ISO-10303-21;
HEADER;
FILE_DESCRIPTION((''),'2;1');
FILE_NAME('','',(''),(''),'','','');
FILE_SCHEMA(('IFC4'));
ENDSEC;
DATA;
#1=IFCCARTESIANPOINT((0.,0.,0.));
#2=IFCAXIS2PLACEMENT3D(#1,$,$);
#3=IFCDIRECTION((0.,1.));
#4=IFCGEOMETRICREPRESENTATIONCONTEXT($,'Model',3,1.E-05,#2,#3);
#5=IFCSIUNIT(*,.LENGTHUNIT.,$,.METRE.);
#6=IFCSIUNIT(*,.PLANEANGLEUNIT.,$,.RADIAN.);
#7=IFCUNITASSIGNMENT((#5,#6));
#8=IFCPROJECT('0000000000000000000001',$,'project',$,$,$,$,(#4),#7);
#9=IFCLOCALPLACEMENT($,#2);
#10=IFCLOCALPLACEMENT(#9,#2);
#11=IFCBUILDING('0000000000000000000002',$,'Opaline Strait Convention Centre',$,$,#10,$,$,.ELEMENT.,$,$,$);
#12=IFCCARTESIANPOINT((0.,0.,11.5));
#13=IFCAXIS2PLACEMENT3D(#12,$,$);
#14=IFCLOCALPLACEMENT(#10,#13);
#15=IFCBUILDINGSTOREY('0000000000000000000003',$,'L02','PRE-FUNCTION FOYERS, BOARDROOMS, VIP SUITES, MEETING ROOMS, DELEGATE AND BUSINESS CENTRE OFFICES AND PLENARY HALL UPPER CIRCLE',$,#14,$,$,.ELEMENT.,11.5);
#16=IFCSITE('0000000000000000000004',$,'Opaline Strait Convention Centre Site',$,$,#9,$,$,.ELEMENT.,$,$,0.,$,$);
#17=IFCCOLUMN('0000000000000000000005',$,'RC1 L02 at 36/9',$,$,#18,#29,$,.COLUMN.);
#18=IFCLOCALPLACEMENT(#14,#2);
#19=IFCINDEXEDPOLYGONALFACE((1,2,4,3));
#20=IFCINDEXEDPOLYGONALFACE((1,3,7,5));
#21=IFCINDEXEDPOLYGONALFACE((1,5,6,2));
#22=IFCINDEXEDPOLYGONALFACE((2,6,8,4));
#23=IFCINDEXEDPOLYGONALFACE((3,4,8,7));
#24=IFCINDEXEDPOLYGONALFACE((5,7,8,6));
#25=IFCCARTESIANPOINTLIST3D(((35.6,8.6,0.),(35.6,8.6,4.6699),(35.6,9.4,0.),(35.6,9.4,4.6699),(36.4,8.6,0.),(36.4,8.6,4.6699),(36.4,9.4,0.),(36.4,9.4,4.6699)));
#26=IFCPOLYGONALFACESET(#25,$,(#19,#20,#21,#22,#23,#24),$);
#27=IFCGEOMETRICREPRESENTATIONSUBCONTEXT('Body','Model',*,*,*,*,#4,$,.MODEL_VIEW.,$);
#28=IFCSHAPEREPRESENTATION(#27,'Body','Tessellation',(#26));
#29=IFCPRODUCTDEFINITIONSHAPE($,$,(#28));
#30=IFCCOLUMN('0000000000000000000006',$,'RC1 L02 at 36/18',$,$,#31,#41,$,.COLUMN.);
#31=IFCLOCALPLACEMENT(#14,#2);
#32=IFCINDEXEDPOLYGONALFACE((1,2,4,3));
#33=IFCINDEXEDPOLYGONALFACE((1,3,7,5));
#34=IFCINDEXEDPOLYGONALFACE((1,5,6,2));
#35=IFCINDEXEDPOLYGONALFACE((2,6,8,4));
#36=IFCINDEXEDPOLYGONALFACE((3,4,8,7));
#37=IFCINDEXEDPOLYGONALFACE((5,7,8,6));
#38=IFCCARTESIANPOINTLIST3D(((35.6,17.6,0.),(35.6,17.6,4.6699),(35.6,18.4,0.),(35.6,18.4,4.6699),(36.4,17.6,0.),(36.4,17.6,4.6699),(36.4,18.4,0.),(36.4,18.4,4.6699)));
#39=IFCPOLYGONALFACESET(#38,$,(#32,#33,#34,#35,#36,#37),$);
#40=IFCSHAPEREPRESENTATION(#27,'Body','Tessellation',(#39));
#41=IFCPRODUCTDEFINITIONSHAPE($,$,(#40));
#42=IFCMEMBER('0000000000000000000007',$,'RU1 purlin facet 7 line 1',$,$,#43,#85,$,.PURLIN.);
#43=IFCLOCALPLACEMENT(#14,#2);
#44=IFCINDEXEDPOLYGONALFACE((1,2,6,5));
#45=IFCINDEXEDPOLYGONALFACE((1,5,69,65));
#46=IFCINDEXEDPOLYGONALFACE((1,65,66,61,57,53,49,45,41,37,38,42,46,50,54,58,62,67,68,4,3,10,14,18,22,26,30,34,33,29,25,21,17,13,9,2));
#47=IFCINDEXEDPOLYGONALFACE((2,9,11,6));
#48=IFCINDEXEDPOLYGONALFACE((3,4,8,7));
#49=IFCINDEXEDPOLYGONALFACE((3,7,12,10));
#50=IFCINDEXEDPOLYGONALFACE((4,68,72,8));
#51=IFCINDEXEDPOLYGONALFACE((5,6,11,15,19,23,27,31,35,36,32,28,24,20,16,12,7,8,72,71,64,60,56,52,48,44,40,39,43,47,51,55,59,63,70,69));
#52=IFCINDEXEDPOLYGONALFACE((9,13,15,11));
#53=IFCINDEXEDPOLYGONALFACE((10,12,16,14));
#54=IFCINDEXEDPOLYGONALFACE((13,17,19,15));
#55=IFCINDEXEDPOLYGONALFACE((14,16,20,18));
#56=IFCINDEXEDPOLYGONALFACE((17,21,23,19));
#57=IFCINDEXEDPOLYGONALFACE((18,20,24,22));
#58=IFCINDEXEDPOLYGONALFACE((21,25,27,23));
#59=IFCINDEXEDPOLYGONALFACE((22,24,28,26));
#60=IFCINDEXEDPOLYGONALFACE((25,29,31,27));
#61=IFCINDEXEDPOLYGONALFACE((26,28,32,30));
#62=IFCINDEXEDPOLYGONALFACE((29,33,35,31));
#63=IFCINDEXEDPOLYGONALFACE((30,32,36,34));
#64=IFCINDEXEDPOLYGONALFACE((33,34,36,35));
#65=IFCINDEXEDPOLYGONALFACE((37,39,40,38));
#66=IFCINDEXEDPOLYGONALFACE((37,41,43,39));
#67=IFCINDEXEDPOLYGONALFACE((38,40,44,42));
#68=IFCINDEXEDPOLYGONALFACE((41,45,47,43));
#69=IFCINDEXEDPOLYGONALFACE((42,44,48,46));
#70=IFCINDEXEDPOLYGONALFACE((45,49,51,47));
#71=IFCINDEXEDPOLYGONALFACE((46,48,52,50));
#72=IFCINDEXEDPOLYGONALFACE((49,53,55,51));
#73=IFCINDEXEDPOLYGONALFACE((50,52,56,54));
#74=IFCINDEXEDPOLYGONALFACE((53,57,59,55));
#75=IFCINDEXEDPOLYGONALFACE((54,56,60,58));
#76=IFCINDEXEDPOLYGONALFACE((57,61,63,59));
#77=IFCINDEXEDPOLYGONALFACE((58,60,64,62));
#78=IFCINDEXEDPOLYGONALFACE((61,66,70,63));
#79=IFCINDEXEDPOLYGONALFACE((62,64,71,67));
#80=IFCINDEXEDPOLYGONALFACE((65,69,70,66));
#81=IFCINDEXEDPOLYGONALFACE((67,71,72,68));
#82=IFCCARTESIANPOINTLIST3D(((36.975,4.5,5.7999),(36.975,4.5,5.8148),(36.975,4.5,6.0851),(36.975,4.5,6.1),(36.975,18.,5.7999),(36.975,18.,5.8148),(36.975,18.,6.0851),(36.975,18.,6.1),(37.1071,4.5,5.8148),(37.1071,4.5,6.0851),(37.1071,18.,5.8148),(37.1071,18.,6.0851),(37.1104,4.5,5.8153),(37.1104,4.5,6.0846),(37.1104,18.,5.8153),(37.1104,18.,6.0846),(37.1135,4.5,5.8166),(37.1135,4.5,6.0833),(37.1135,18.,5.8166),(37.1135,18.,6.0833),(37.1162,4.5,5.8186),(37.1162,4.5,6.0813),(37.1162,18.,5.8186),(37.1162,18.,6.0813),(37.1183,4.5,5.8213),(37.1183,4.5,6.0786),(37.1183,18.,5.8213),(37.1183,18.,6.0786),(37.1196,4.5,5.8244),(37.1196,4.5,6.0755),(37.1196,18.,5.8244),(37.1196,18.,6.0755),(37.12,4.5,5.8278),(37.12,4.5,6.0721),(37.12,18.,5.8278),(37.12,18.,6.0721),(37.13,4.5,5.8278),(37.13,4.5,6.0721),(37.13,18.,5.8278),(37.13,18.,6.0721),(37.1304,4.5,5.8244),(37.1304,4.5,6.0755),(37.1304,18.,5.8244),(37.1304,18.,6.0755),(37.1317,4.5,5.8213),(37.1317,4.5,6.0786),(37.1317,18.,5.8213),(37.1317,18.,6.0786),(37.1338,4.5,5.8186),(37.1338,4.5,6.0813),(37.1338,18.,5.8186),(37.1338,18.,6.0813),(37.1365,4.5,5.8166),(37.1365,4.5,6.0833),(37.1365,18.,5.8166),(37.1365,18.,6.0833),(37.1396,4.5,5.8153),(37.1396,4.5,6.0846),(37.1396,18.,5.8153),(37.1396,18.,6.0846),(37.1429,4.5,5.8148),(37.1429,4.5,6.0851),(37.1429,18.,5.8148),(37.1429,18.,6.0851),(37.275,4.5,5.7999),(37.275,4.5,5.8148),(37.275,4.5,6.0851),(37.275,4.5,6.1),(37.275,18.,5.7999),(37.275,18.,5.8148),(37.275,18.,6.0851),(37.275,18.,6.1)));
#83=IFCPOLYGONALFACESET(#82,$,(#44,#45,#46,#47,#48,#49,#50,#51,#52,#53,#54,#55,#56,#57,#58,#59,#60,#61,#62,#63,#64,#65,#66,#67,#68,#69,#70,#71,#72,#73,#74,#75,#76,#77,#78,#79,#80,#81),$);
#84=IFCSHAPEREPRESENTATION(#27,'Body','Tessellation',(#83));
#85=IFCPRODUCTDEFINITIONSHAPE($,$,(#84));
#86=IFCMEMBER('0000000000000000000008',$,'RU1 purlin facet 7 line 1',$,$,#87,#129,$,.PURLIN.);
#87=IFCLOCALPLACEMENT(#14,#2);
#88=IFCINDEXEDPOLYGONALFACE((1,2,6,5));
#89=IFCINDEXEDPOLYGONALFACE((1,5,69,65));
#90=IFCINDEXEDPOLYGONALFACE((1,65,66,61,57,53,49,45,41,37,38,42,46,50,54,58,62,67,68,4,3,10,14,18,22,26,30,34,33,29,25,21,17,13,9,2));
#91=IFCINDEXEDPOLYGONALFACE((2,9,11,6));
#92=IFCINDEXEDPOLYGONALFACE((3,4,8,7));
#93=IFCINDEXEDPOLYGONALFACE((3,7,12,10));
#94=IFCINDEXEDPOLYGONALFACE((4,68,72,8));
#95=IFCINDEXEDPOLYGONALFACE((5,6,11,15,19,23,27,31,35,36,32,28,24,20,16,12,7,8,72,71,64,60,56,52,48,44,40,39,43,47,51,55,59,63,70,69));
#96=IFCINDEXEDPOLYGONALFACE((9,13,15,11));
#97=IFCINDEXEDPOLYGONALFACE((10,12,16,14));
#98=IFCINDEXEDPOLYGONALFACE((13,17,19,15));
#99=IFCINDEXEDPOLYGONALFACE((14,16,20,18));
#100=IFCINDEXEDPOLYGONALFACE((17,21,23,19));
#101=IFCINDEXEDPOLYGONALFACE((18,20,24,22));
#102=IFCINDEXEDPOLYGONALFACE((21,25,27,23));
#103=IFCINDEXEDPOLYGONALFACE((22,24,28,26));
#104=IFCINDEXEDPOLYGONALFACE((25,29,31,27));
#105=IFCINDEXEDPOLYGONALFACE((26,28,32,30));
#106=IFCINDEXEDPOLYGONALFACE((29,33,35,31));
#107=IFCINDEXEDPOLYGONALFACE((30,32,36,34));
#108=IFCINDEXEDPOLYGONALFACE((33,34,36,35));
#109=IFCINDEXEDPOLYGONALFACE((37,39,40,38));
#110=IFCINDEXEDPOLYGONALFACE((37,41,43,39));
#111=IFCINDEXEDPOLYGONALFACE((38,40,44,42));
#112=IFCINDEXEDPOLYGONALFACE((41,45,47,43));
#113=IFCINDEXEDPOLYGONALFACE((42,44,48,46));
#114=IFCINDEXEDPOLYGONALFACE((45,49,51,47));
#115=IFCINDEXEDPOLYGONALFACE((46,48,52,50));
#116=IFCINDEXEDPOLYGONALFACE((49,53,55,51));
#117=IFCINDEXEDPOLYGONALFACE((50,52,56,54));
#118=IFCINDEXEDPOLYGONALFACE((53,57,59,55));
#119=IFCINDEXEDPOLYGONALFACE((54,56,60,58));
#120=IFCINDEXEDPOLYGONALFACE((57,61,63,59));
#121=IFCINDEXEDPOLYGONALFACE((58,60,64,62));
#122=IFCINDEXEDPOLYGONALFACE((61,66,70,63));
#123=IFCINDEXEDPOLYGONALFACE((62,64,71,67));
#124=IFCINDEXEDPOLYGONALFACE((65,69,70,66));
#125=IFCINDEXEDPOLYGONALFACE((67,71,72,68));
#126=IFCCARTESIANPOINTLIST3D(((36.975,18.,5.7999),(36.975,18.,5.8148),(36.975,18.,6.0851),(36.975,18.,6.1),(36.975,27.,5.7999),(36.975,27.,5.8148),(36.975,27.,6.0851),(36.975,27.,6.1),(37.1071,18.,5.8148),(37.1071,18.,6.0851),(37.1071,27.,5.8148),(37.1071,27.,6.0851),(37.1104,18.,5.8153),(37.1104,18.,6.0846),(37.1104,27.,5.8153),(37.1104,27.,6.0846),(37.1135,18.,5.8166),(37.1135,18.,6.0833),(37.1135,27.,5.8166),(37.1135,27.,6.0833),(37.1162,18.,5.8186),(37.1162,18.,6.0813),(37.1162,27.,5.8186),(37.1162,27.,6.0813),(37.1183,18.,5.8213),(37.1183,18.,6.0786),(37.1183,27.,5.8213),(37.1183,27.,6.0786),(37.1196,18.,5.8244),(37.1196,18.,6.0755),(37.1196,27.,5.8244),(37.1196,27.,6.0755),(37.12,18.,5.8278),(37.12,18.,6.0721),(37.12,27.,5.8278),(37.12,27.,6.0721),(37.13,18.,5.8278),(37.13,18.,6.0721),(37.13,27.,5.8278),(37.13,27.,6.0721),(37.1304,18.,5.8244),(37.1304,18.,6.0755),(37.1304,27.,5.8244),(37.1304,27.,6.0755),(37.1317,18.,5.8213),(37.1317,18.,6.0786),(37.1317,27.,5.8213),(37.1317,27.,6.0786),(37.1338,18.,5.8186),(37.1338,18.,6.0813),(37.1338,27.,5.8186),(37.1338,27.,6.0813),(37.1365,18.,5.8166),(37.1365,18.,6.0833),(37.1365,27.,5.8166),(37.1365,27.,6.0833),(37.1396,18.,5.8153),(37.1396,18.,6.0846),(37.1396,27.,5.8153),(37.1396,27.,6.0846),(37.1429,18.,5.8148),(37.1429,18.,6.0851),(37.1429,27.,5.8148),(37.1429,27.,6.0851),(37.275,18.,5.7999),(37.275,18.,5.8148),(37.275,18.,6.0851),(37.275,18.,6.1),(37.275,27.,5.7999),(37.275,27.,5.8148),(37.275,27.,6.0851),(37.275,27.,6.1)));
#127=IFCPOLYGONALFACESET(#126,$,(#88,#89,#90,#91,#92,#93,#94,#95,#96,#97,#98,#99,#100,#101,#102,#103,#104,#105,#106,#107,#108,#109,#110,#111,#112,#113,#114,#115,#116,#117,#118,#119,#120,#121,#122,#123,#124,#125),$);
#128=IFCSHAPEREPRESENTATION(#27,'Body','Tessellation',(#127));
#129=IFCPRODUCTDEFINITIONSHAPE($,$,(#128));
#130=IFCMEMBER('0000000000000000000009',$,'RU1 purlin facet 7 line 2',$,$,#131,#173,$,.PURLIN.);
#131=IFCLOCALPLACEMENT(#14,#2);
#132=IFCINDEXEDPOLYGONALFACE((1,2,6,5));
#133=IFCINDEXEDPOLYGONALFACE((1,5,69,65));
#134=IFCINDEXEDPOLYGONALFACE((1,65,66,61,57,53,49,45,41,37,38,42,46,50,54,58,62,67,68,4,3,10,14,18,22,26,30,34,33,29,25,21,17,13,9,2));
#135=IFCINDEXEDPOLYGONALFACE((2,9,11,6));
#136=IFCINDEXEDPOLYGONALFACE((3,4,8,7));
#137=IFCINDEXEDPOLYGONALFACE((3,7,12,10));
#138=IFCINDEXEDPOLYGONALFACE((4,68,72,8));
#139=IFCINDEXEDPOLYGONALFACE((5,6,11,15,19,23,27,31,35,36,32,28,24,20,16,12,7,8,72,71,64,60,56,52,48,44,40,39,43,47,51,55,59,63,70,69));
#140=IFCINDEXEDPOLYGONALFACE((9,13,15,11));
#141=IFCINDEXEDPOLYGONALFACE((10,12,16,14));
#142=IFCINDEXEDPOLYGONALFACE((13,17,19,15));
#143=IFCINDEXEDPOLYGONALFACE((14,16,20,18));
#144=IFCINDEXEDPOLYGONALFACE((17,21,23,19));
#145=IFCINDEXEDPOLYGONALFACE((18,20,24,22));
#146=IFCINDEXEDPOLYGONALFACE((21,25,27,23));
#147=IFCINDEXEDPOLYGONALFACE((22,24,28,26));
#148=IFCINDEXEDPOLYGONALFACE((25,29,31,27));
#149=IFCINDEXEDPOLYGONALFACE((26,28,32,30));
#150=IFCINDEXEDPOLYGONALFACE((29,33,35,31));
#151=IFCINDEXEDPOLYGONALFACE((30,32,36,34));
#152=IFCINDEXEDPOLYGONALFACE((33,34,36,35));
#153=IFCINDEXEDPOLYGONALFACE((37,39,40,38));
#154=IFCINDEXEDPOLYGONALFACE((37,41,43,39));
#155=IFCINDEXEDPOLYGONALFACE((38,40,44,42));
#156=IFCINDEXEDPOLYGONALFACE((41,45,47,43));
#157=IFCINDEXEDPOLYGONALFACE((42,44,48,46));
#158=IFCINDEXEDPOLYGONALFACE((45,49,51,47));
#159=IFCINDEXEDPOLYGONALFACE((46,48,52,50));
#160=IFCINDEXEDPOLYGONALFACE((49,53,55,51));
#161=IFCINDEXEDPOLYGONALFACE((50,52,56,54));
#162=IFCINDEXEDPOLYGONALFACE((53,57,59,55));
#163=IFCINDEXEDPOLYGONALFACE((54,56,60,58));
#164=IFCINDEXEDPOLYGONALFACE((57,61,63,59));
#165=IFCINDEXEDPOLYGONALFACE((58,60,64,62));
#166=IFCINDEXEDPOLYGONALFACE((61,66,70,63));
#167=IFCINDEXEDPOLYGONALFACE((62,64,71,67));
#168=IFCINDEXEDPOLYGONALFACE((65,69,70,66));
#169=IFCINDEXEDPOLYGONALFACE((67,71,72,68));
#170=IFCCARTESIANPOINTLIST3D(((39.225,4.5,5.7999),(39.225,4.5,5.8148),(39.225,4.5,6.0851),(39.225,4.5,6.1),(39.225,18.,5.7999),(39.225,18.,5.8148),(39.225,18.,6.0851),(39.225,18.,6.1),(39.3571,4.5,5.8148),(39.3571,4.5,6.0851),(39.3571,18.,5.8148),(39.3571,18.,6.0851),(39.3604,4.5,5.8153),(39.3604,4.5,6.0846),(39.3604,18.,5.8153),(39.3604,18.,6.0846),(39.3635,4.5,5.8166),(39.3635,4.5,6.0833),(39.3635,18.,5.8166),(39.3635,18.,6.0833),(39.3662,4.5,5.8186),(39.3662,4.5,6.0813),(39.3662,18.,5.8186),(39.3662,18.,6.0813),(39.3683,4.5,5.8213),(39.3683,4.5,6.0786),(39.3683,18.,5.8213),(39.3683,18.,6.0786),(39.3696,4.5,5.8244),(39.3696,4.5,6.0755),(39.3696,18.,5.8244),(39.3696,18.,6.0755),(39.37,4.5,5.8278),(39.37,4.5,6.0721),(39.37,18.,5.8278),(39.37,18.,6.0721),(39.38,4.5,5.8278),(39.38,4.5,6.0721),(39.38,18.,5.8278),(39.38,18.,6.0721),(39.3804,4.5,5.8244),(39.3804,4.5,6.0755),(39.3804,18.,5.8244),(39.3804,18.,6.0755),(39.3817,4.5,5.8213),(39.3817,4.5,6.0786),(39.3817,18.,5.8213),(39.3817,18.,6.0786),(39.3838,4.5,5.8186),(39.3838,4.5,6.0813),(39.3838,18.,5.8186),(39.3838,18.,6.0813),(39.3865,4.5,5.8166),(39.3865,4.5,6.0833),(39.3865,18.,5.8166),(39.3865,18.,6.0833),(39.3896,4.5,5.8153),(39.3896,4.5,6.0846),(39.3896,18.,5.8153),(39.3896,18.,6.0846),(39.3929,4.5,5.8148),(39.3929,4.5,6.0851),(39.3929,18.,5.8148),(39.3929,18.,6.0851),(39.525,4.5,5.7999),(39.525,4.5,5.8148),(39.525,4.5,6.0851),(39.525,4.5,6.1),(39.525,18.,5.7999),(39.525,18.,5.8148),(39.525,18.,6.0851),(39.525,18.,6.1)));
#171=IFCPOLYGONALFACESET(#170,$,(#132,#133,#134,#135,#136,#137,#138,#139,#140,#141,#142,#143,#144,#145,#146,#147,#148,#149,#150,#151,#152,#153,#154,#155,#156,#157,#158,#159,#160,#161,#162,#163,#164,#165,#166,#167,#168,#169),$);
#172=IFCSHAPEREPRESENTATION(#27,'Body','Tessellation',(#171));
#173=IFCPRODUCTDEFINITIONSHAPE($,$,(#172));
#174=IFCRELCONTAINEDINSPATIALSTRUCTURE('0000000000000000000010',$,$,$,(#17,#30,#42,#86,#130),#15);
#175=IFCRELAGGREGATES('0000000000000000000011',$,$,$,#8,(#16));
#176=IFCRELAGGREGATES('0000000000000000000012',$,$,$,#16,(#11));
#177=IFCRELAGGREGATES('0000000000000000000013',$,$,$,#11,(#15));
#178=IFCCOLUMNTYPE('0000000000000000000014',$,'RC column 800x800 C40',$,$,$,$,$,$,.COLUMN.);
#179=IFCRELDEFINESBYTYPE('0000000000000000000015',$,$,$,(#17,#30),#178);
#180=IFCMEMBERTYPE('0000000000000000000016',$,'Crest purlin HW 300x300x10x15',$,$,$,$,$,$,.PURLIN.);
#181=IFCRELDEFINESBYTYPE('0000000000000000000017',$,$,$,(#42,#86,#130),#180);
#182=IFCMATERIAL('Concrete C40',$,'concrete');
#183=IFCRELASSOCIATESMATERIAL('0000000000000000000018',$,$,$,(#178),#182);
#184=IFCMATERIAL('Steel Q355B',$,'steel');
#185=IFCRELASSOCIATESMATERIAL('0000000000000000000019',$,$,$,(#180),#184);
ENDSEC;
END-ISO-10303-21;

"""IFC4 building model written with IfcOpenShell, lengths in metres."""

from ifc_helpers import new_model, si_unit, direction, frame, origin, origin_2d, place, context, subcontext, project, spatial, rectangle, i_section, extrude, material, material_profile, profile_set, type_object, element, save


model = new_model("IFC4")

# Units and contexts
model_context = context("Model", 3, precision=1e-05, world=origin(), true_north=direction((0.0, 1.0)))
body_context = subcontext(model_context, "Body", "Model", "MODEL_VIEW")
ifc_project = project(units=[si_unit("LENGTHUNIT", "METRE"), si_unit("PLANEANGLEUNIT", "RADIAN")], contexts=[model_context])

# Site, building, storey
site_placement = place(None, origin())
site = spatial("IfcSite", under=ifc_project, at=site_placement, Name="Opaline Strait Convention Centre Site", CompositionType="ELEMENT", RefElevation=0.0)
building_placement = place(site_placement, origin())
building = spatial("IfcBuilding", under=site, at=building_placement, Name="Opaline Strait Convention Centre", CompositionType="ELEMENT")
storey_placement = place(building_placement, frame((0.0, 0.0, 11.5)))
storey = spatial("IfcBuildingStorey", under=building, at=storey_placement, Name="L02", Description="PRE-FUNCTION FOYERS, BOARDROOMS, VIP SUITES, MEETING ROOMS, DELEGATE AND BUSINESS CENTRE OFFICES AND PLENARY HALL UPPER CIRCLE", CompositionType="ELEMENT", Elevation=11.5)

# Columns
ifc_material_1 = material(Name="Concrete C40", Category="concrete")
ifc_material_profile_1 = material_profile(ifc_material_1, rectangle(XDim=0.8, YDim=0.8, at=origin_2d()), Name="RC 800x800")
ifc_profile_set_1 = profile_set([ifc_material_profile_1], Name="Concrete C40")
column_type = type_object("IfcColumnType", Name="RC column 800x800 C40", PredefinedType="COLUMN", material=ifc_profile_set_1)
for number, where, z_axis, x_axis, name in (
    (1, (36.0, 9.0, 0.0), (0.0, 0.0, 1.0), (1.0, 0.0, 0.0), "RC1 L02 at 36/9"),
    (2, (36.0, 18.0, 0.0), (0.0, 0.0, 1.0), (1.0, 0.0, 0.0), "RC1 L02 at 36/18"),
):
    element("IfcColumn", number, at=place(storey_placement, frame(where, z_axis=z_axis, x_axis=x_axis)), inside=storey, type_object=column_type, Name=name, PredefinedType="COLUMN", context=body_context, shape_type="SweptSolid", body=[
        extrude(rectangle(XDim=0.8, YDim=0.8, at=origin_2d()), origin(), (0.0, 0.0, 1.0), 4.6699),
    ])

# Members
ifc_material_2 = material(Name="Steel Q355B", Category="steel")
ifc_material_profile_2 = material_profile(ifc_material_2, i_section(OverallWidth=0.3, OverallDepth=0.3, WebThickness=0.01, FlangeThickness=0.0149, FilletRadius=0.0129, at=origin_2d()), Name="HW 300x300x10x15")
ifc_profile_set_2 = profile_set([ifc_material_profile_2], Name="Steel Q355B")
member_type_1 = type_object("IfcMemberType", Name="Crest purlin HW 300x300x10x15", PredefinedType="PURLIN", material=ifc_profile_set_2)
member_1_placement = place(storey_placement, frame((37.125, 4.5, 5.95), z_axis=(0.0, 1.0, 0.0), x_axis=(-1.0, 0.0, 0.0)))
element("IfcMember", 3, at=member_1_placement, inside=storey, type_object=member_type_1, Name="RU1 purlin facet 7 line 1", PredefinedType="PURLIN", context=body_context, shape_type="SweptSolid", body=[
    extrude(i_section(OverallWidth=0.3, OverallDepth=0.3, WebThickness=0.01, FlangeThickness=0.0149, FilletRadius=0.0129, at=origin_2d()), origin(), (0.0, 0.0, 1.0), 13.5),
])
member_2_placement = place(storey_placement, frame((37.125, 18.0, 5.95), z_axis=(0.0, 1.0, 0.0), x_axis=(-1.0, 0.0, 0.0)))
element("IfcMember", 4, at=member_2_placement, inside=storey, type_object=member_type_1, Name="RU1 purlin facet 7 line 1", PredefinedType="PURLIN", context=body_context, shape_type="SweptSolid", body=[
    extrude(i_section(OverallWidth=0.3, OverallDepth=0.3, WebThickness=0.01, FlangeThickness=0.0149, FilletRadius=0.0129, at=origin_2d()), origin(), (0.0, 0.0, 1.0), 9.0),
])
member_3_placement = place(storey_placement, frame((39.375, 4.5, 5.95), z_axis=(0.0, 1.0, 0.0), x_axis=(-1.0, 0.0, 0.0)))
element("IfcMember", 5, at=member_3_placement, inside=storey, type_object=member_type_1, Name="RU1 purlin facet 7 line 2", PredefinedType="PURLIN", context=body_context, shape_type="SweptSolid", body=[
    extrude(i_section(OverallWidth=0.3, OverallDepth=0.3, WebThickness=0.01, FlangeThickness=0.0149, FilletRadius=0.0129, at=origin_2d()), origin(), (0.0, 0.0, 1.0), 13.5),
])

save(model, "model.ifc")
